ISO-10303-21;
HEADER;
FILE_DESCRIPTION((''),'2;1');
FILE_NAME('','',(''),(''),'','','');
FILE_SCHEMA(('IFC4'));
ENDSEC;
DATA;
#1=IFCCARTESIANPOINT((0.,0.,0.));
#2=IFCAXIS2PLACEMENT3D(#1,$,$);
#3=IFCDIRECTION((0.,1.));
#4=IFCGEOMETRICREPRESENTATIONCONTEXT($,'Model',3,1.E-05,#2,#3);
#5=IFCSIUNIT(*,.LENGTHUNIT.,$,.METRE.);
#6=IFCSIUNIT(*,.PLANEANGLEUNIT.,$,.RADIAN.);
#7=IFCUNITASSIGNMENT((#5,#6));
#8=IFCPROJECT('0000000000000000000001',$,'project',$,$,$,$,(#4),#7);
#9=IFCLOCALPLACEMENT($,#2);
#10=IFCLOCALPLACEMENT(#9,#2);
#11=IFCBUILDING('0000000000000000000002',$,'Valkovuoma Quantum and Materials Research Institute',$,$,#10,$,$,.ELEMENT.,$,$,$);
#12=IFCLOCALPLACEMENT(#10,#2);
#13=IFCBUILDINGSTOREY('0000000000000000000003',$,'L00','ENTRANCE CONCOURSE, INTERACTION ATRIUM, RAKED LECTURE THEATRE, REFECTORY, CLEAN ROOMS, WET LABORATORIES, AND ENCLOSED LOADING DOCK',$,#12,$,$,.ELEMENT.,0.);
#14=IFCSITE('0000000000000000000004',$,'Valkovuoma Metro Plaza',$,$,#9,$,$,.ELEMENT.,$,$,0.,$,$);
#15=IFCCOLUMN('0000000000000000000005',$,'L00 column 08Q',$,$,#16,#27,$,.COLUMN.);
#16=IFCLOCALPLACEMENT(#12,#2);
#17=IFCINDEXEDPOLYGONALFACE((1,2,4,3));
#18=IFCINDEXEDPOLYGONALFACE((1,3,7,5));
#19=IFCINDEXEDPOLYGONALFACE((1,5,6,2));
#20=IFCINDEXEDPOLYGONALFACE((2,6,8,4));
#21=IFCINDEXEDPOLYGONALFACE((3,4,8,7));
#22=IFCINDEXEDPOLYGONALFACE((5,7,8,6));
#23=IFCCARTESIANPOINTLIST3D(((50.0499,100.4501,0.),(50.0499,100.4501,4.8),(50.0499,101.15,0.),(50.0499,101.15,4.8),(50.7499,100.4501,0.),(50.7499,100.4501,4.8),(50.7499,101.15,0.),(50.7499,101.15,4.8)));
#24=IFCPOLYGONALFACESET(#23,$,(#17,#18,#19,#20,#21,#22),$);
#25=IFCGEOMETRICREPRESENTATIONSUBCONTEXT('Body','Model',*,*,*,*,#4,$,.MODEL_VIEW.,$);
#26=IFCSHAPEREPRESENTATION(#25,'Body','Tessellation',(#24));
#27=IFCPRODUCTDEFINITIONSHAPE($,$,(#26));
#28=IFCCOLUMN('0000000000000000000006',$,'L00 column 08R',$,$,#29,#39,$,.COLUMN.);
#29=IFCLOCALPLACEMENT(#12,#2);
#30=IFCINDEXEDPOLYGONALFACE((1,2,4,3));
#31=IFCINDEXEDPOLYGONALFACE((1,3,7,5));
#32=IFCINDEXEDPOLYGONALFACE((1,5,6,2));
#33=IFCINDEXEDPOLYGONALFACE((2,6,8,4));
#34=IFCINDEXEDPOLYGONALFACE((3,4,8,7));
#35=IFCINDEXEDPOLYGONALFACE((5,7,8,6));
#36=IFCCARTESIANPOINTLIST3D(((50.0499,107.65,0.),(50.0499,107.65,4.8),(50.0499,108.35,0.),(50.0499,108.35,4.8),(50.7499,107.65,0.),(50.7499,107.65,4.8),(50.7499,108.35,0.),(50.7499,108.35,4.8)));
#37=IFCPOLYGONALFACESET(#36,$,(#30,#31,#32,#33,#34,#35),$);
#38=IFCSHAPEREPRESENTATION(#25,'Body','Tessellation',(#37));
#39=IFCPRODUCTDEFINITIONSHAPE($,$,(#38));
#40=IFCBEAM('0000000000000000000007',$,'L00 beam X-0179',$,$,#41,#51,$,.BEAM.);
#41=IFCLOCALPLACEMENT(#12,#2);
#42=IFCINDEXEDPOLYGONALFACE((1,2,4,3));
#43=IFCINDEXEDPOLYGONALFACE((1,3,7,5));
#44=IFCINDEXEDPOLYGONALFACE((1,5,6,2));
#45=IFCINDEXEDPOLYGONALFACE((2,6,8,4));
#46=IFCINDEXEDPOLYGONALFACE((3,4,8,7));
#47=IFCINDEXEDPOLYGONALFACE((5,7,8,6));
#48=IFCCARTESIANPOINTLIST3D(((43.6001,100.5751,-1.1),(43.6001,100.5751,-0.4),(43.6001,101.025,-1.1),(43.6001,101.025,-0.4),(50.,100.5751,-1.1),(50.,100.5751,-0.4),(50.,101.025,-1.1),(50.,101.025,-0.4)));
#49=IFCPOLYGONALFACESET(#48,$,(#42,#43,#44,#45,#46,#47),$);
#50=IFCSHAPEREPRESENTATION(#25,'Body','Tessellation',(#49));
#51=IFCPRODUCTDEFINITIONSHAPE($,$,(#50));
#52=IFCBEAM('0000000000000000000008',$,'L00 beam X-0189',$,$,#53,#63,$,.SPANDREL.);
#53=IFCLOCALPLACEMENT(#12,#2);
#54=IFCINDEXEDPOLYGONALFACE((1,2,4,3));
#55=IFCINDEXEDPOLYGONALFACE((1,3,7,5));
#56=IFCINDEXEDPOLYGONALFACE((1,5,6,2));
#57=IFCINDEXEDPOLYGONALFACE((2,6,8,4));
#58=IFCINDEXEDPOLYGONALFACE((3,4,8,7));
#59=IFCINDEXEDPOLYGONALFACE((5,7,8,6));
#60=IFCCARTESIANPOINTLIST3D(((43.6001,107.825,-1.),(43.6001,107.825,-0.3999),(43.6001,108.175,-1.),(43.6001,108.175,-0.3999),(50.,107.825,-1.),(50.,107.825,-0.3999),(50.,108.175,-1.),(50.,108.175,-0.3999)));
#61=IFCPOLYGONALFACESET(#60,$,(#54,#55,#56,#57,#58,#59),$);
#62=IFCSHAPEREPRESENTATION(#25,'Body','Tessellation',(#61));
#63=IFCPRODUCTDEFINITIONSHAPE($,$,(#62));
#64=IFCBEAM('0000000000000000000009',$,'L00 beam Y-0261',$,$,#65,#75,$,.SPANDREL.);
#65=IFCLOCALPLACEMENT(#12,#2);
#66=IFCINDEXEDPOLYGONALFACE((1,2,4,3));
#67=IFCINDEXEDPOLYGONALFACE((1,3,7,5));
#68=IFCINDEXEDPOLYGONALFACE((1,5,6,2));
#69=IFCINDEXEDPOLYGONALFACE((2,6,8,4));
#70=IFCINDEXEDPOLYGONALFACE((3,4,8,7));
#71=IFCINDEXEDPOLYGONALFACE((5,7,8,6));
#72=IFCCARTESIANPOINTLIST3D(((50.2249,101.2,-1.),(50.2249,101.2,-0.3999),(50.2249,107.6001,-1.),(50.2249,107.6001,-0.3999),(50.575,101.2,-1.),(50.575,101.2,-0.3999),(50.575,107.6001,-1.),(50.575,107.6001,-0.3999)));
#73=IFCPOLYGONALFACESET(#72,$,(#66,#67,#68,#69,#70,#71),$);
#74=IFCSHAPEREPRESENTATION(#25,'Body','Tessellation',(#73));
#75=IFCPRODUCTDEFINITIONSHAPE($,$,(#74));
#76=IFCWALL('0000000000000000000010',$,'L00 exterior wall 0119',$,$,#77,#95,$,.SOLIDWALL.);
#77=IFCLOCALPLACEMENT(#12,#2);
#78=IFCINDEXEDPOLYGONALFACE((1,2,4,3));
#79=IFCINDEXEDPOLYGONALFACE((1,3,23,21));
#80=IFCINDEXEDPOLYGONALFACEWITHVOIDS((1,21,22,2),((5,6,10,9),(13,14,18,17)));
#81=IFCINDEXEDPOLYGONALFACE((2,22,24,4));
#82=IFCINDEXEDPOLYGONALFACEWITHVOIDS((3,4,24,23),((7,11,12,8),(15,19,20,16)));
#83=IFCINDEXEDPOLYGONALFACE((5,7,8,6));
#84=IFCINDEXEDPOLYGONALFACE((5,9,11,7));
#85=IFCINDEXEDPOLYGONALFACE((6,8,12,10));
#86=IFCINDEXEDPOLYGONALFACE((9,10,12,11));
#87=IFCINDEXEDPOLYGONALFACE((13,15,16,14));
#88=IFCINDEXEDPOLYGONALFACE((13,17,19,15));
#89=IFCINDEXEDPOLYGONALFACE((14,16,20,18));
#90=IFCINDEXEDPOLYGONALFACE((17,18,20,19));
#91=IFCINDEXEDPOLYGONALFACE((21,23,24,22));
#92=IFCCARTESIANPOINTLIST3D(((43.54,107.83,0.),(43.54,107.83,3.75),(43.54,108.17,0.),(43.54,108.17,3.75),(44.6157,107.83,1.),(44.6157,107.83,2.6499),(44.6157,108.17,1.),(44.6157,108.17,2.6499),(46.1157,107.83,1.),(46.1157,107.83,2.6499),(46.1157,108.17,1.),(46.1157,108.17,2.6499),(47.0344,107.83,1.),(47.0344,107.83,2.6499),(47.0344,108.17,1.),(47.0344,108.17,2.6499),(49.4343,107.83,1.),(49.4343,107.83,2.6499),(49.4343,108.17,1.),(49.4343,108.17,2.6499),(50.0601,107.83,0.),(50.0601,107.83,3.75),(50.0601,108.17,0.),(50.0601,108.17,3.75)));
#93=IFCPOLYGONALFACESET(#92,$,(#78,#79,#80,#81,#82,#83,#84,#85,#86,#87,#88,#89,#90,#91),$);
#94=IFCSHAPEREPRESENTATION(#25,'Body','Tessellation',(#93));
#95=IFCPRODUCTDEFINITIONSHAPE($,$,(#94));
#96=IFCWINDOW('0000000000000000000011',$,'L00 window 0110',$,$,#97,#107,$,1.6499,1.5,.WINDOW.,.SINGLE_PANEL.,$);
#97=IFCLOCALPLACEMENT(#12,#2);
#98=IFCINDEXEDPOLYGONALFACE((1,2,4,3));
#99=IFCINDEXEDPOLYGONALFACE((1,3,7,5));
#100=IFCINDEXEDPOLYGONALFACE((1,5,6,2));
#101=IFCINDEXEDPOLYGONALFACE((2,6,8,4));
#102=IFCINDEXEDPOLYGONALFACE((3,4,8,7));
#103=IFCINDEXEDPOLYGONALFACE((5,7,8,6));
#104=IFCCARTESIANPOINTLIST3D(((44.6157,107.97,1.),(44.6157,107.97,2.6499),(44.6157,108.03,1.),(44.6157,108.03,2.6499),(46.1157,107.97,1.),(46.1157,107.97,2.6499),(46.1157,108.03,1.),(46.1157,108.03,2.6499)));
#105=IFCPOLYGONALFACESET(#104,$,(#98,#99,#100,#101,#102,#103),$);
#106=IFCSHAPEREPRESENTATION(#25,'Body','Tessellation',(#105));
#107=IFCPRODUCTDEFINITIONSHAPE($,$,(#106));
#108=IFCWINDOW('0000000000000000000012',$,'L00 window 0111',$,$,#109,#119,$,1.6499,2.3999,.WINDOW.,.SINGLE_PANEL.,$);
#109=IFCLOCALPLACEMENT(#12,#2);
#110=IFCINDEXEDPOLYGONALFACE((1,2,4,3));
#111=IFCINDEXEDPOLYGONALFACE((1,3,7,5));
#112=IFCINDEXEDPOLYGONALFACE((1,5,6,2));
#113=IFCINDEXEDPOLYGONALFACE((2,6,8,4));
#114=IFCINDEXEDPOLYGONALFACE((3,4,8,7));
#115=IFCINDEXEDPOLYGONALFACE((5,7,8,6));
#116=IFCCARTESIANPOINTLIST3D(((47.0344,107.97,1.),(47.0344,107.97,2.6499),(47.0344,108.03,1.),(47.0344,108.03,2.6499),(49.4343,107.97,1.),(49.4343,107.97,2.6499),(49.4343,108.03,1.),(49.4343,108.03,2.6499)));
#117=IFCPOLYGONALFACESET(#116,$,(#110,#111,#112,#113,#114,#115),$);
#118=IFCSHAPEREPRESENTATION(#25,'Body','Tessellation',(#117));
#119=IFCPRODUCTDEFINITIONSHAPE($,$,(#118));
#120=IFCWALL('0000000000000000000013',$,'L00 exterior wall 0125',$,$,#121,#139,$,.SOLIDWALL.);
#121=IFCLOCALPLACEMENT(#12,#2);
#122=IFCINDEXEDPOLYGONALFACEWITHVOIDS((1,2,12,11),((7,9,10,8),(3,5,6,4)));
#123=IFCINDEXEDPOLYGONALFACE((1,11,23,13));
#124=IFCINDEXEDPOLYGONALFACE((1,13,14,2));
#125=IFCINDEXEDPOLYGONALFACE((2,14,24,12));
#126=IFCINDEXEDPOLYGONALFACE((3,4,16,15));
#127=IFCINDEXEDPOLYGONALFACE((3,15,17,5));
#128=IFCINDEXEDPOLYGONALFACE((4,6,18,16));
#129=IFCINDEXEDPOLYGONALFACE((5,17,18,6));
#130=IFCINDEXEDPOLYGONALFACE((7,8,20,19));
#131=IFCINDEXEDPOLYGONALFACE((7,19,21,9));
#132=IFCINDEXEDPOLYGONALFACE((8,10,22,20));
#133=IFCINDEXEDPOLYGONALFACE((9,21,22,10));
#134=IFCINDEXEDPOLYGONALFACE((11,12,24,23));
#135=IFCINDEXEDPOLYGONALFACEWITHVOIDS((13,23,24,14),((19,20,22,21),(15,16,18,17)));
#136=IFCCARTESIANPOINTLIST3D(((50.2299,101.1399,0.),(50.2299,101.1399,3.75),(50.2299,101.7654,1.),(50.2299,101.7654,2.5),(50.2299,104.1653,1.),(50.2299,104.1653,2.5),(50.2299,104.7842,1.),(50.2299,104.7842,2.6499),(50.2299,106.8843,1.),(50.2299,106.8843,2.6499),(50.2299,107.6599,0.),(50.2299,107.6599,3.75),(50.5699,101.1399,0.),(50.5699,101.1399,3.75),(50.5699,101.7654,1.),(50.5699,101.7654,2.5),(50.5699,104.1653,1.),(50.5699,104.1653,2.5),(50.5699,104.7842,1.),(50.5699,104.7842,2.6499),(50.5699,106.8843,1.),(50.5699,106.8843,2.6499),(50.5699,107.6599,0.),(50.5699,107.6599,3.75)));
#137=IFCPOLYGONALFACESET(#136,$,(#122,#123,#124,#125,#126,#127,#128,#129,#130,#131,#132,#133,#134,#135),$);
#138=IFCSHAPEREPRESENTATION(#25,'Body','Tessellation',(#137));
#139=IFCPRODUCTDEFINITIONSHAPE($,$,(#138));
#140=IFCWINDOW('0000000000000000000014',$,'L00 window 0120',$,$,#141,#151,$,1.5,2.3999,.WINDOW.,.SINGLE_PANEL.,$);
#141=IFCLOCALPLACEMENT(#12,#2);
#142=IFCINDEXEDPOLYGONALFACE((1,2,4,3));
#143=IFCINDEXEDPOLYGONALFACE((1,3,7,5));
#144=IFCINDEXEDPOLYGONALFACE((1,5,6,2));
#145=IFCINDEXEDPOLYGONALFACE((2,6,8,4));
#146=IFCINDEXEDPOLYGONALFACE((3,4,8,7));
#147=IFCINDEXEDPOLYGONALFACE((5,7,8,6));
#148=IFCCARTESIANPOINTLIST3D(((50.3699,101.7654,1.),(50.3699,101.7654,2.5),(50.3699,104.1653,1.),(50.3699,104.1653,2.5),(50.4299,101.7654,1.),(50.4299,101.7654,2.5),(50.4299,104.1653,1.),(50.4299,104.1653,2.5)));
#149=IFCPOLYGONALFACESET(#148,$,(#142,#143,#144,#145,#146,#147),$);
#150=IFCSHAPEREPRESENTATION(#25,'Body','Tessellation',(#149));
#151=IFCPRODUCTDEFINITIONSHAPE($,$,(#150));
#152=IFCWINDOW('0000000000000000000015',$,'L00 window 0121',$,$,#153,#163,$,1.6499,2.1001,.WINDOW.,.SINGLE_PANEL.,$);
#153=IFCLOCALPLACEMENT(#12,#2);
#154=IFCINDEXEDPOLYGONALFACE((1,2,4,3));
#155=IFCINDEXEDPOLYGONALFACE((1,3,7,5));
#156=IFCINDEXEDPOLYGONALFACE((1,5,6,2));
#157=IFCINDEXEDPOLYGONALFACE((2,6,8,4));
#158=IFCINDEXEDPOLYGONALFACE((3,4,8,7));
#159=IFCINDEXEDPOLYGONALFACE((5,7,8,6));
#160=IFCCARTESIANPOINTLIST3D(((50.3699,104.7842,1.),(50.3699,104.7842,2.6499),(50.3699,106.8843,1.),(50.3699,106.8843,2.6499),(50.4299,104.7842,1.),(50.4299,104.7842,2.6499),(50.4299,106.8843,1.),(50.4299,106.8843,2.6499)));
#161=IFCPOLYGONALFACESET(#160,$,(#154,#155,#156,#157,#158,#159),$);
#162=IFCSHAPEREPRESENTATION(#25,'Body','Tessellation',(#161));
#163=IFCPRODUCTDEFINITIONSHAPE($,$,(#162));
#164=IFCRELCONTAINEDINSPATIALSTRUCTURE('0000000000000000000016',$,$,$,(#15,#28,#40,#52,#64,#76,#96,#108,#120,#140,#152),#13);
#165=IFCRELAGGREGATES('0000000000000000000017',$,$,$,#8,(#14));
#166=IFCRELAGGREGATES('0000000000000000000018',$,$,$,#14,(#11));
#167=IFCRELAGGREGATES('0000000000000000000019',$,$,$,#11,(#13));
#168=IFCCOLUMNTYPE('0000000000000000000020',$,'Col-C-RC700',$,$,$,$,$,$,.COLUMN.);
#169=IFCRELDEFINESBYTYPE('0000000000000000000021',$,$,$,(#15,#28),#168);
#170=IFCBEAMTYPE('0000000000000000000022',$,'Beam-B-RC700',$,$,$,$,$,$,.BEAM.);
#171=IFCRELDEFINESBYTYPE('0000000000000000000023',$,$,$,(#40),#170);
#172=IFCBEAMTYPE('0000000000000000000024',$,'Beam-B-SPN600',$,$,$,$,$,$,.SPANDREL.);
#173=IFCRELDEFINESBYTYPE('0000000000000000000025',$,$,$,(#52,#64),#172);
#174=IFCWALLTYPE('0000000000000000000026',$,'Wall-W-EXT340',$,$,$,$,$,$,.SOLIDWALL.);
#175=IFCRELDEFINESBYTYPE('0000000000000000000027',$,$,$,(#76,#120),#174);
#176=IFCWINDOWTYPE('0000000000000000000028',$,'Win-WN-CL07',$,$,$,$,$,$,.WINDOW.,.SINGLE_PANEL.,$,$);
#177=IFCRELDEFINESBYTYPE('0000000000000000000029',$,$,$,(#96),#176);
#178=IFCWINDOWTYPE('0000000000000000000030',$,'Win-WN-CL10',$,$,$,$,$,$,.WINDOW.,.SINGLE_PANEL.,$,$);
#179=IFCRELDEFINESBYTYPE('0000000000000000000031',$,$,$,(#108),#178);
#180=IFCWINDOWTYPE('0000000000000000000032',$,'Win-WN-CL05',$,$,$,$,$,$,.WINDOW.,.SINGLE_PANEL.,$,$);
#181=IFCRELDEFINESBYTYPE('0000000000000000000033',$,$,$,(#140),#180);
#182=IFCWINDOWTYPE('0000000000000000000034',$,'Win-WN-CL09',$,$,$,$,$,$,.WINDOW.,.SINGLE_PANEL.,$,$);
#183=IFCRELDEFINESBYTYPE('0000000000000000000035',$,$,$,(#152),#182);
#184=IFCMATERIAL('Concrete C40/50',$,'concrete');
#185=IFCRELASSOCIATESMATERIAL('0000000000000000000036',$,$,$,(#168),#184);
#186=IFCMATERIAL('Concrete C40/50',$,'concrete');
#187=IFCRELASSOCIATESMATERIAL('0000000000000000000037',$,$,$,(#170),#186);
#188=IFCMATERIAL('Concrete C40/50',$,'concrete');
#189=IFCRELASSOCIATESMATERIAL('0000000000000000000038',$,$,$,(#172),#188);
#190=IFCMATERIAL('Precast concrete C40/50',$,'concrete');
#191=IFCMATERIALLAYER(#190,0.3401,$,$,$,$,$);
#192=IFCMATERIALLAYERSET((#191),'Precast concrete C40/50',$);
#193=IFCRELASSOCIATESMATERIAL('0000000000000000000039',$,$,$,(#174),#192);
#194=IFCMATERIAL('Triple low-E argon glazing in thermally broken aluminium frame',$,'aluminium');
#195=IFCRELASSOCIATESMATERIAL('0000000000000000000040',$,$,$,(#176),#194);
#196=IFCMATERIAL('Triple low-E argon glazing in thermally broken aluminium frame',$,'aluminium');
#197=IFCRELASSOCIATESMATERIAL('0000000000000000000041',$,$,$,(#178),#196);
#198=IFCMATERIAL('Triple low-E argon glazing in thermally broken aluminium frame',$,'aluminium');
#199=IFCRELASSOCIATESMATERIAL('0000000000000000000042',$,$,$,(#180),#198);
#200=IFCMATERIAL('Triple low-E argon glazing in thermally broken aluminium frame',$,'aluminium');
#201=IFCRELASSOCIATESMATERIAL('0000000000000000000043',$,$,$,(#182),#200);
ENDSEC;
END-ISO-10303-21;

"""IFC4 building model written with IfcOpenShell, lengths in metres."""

from ifc_helpers import new_model, si_unit, direction, frame, frame_2d, origin, origin_2d, place, context, subcontext, project, spatial, rectangle, extrude, material, layer, layer_set, material_profile, profile_set, type_object, element, fill, save


model = new_model("IFC4")

# Units and contexts
model_context = context("Model", 3, precision=1e-05, world=origin(), true_north=direction((0.0, 1.0)))
body_context = subcontext(model_context, "Body", "Model", "MODEL_VIEW")
ifc_project = project(units=[si_unit("LENGTHUNIT", "METRE"), si_unit("PLANEANGLEUNIT", "RADIAN")], contexts=[model_context])

# Site, building, storey
site_placement = place(None, origin())
site = spatial("IfcSite", under=ifc_project, at=site_placement, Name="Valkovuoma Metro Plaza", CompositionType="ELEMENT", RefElevation=0.0)
building_placement = place(site_placement, origin())
building = spatial("IfcBuilding", under=site, at=building_placement, Name="Valkovuoma Quantum and Materials Research Institute", CompositionType="ELEMENT")
storey_placement = place(building_placement, origin())
storey = spatial("IfcBuildingStorey", under=building, at=storey_placement, Name="L00", Description="ENTRANCE CONCOURSE, INTERACTION ATRIUM, RAKED LECTURE THEATRE, REFECTORY, CLEAN ROOMS, WET LABORATORIES, AND ENCLOSED LOADING DOCK", CompositionType="ELEMENT", Elevation=0.0)

# Columns
ifc_material_1 = material(Name="Concrete C40/50", Category="concrete")
ifc_material_profile_1 = material_profile(ifc_material_1, rectangle(XDim=0.7, YDim=0.7, at=origin_2d()), Name="Concrete C40/50")
ifc_profile_set_1 = profile_set([ifc_material_profile_1], Name="Concrete C40/50")
column_type = type_object("IfcColumnType", Name="Col-C-RC700", PredefinedType="COLUMN", material=ifc_profile_set_1)
for number, where, z_axis, x_axis, name in (
    (1, (50.3999, 100.8, 0.0), (0.0, 0.0, 1.0), (1.0, 0.0, 0.0), "L00 column 08Q"),
    (2, (50.3999, 108.0, 0.0), (0.0, 0.0, 1.0), (1.0, 0.0, 0.0), "L00 column 08R"),
):
    element("IfcColumn", number, at=place(storey_placement, frame(where, z_axis=z_axis, x_axis=x_axis)), inside=storey, type_object=column_type, Name=name, PredefinedType="COLUMN", context=body_context, shape_type="SweptSolid", body=[
        extrude(rectangle(XDim=0.7, YDim=0.7, at=origin_2d()), origin(), (0.0, 0.0, 1.0), 4.8),
    ])

# Beams
ifc_material_2 = material(Name="Concrete C40/50", Category="concrete")
ifc_material_profile_2 = material_profile(ifc_material_2, rectangle(XDim=0.45, YDim=0.7, at=origin_2d()), Name="Concrete C40/50")
ifc_profile_set_2 = profile_set([ifc_material_profile_2], Name="Concrete C40/50")
beam_type_1 = type_object("IfcBeamType", Name="Beam-B-RC700", PredefinedType="BEAM", material=ifc_profile_set_2)
beam_1_placement = place(storey_placement, frame((43.6001, 100.8, -0.75), z_axis=(1.0, 0.0, 0.0), x_axis=(0.0, 1.0, 0.0)))
element("IfcBeam", 3, at=beam_1_placement, inside=storey, type_object=beam_type_1, Name="L00 beam X-0179", PredefinedType="BEAM", context=body_context, shape_type="SweptSolid", body=[
    extrude(rectangle(XDim=0.45, YDim=0.7, at=origin_2d()), origin(), (0.0, 0.0, 1.0), 6.3999),
])
ifc_material_3 = material(Name="Concrete C40/50", Category="concrete")
ifc_material_profile_3 = material_profile(ifc_material_3, rectangle(XDim=0.3501, YDim=0.6001, at=origin_2d()), Name="Concrete C40/50")
ifc_profile_set_3 = profile_set([ifc_material_profile_3], Name="Concrete C40/50")
beam_type_2 = type_object("IfcBeamType", Name="Beam-B-SPN600", PredefinedType="SPANDREL", material=ifc_profile_set_3)
beam_2_placement = place(storey_placement, frame((43.6001, 108.0, -0.7), z_axis=(1.0, 0.0, 0.0), x_axis=(0.0, 1.0, 0.0)))
element("IfcBeam", 4, at=beam_2_placement, inside=storey, type_object=beam_type_2, Name="L00 beam X-0189", PredefinedType="SPANDREL", context=body_context, shape_type="SweptSolid", body=[
    extrude(rectangle(XDim=0.3501, YDim=0.6001, at=origin_2d()), origin(), (0.0, 0.0, 1.0), 6.3999),
])
beam_3_placement = place(storey_placement, frame((50.3999, 101.2, -0.7), z_axis=(0.0, 1.0, 0.0), x_axis=(-1.0, 0.0, 0.0)))
element("IfcBeam", 5, at=beam_3_placement, inside=storey, type_object=beam_type_2, Name="L00 beam Y-0261", PredefinedType="SPANDREL", context=body_context, shape_type="SweptSolid", body=[
    extrude(rectangle(XDim=0.3501, YDim=0.6001, at=origin_2d()), origin(), (0.0, 0.0, 1.0), 6.4001),
])

# Walls, openings, windows
ifc_material_4 = material(Name="Precast concrete C40/50", Category="concrete")
ifc_layer_1 = layer(ifc_material_4, 0.3401)
ifc_layer_set_1 = layer_set([ifc_layer_1], Name="Precast concrete C40/50")
wall_type_1 = type_object("IfcWallType", Name="Wall-W-EXT340", PredefinedType="SOLIDWALL", material=ifc_layer_set_1)
wall_1_placement = place(storey_placement, frame((43.54, 108.0, 0.0), z_axis=(0.0, 0.0, 1.0), x_axis=(1.0, 0.0, 0.0)))
wall_1 = element("IfcWall", 6, at=wall_1_placement, inside=storey, type_object=wall_type_1, Name="L00 exterior wall 0119", PredefinedType="SOLIDWALL", context=body_context, shape_type="SweptSolid", body=[
    extrude(rectangle(XDim=6.52, YDim=0.3401, at=frame_2d((3.26, 0.0))), origin(), (0.0, 0.0, 1.0), 3.75),
])
opening_1_placement = place(wall_1_placement, frame((1.0757, 0.0, 1.0)))
opening_1 = element("IfcOpeningElement", 7, at=opening_1_placement, cuts=wall_1, PredefinedType="OPENING", context=body_context, shape_type="SweptSolid", body=[
    extrude(rectangle(XDim=1.5, YDim=1.6499, at=frame_2d((0.75, 0.825))), frame((0.0, 0.1802, 0.0), z_axis=(0.0, -1.0, 0.0), x_axis=(1.0, 0.0, 0.0)), (0.0, 0.0, 1.0), 0.3601),
])
opening_2_placement = place(wall_1_placement, frame((3.4944, 0.0, 1.0)))
opening_2 = element("IfcOpeningElement", 8, at=opening_2_placement, cuts=wall_1, PredefinedType="OPENING", context=body_context, shape_type="SweptSolid", body=[
    extrude(rectangle(XDim=2.3999, YDim=1.6499, at=frame_2d((1.2, 0.825))), frame((0.0, 0.1802, 0.0), z_axis=(0.0, -1.0, 0.0), x_axis=(1.0, 0.0, 0.0)), (0.0, 0.0, 1.0), 0.3601),
])
ifc_material_5 = material(Name="Triple low-E argon glazing in thermally broken aluminium frame", Category="aluminium")
window_type_1 = type_object("IfcWindowType", Name="Win-WN-CL07", PartitioningType="SINGLE_PANEL", PredefinedType="WINDOW", material=ifc_material_5)
window_1_placement = place(opening_1_placement, origin())
window_1 = element("IfcWindow", 9, at=window_1_placement, inside=storey, type_object=window_type_1, Name="L00 window 0110", OverallHeight=1.6499, OverallWidth=1.5, PartitioningType="SINGLE_PANEL", PredefinedType="WINDOW", context=body_context, shape_type="SweptSolid", body=[
    extrude(rectangle(XDim=1.5, YDim=1.6499, at=frame_2d((0.75, 0.825))), frame((0.0, 0.03, 0.0), z_axis=(0.0, -1.0, 0.0), x_axis=(1.0, 0.0, 0.0)), (0.0, 0.0, 1.0), 0.0601),
])
fill(opening_1, window_1)
ifc_material_6 = material(Name="Triple low-E argon glazing in thermally broken aluminium frame", Category="aluminium")
window_type_2 = type_object("IfcWindowType", Name="Win-WN-CL10", PartitioningType="SINGLE_PANEL", PredefinedType="WINDOW", material=ifc_material_6)
window_2_placement = place(opening_2_placement, origin())
window_2 = element("IfcWindow", 10, at=window_2_placement, inside=storey, type_object=window_type_2, Name="L00 window 0111", OverallHeight=1.6499, OverallWidth=2.3999, PartitioningType="SINGLE_PANEL", PredefinedType="WINDOW", context=body_context, shape_type="SweptSolid", body=[
    extrude(rectangle(XDim=2.3999, YDim=1.6499, at=frame_2d((1.2, 0.825))), frame((0.0, 0.03, 0.0), z_axis=(0.0, -1.0, 0.0), x_axis=(1.0, 0.0, 0.0)), (0.0, 0.0, 1.0), 0.0601),
])
fill(opening_2, window_2)
wall_2_placement = place(storey_placement, frame((50.3999, 101.1399, 0.0), z_axis=(0.0, 0.0, 1.0), x_axis=(0.0, 1.0, 0.0)))
wall_2 = element("IfcWall", 11, at=wall_2_placement, inside=storey, type_object=wall_type_1, Name="L00 exterior wall 0125", PredefinedType="SOLIDWALL", context=body_context, shape_type="SweptSolid", body=[
    extrude(rectangle(XDim=6.52, YDim=0.3401, at=frame_2d((3.26, 0.0))), origin(), (0.0, 0.0, 1.0), 3.75),
])
opening_3_placement = place(wall_2_placement, frame((0.6255, 0.0, 1.0)))
opening_3 = element("IfcOpeningElement", 12, at=opening_3_placement, cuts=wall_2, PredefinedType="OPENING", context=body_context, shape_type="SweptSolid", body=[
    extrude(rectangle(XDim=2.3999, YDim=1.5, at=frame_2d((1.2, 0.75))), frame((0.0, 0.1802, 0.0), z_axis=(0.0, -1.0, 0.0), x_axis=(1.0, 0.0, 0.0)), (0.0, 0.0, 1.0), 0.3601),
])
opening_4_placement = place(wall_2_placement, frame((3.6443, 0.0, 1.0)))
opening_4 = element("IfcOpeningElement", 13, at=opening_4_placement, cuts=wall_2, PredefinedType="OPENING", context=body_context, shape_type="SweptSolid", body=[
    extrude(rectangle(XDim=2.1001, YDim=1.6499, at=frame_2d((1.05, 0.825))), frame((0.0, 0.1802, 0.0), z_axis=(0.0, -1.0, 0.0), x_axis=(1.0, 0.0, 0.0)), (0.0, 0.0, 1.0), 0.3601),
])
ifc_material_7 = material(Name="Triple low-E argon glazing in thermally broken aluminium frame", Category="aluminium")
window_type_3 = type_object("IfcWindowType", Name="Win-WN-CL05", PartitioningType="SINGLE_PANEL", PredefinedType="WINDOW", material=ifc_material_7)
window_3_placement = place(opening_3_placement, origin())
window_3 = element("IfcWindow", 14, at=window_3_placement, inside=storey, type_object=window_type_3, Name="L00 window 0120", OverallHeight=1.5, OverallWidth=2.3999, PartitioningType="SINGLE_PANEL", PredefinedType="WINDOW", context=body_context, shape_type="SweptSolid", body=[
    extrude(rectangle(XDim=2.3999, YDim=1.5, at=frame_2d((1.2, 0.75))), frame((0.0, 0.03, 0.0), z_axis=(0.0, -1.0, 0.0), x_axis=(1.0, 0.0, 0.0)), (0.0, 0.0, 1.0), 0.0601),
])
fill(opening_3, window_3)
ifc_material_8 = material(Name="Triple low-E argon glazing in thermally broken aluminium frame", Category="aluminium")
window_type_4 = type_object("IfcWindowType", Name="Win-WN-CL09", PartitioningType="SINGLE_PANEL", PredefinedType="WINDOW", material=ifc_material_8)
window_4_placement = place(opening_4_placement, origin())
window_4 = element("IfcWindow", 15, at=window_4_placement, inside=storey, type_object=window_type_4, Name="L00 window 0121", OverallHeight=1.6499, OverallWidth=2.1001, PartitioningType="SINGLE_PANEL", PredefinedType="WINDOW", context=body_context, shape_type="SweptSolid", body=[
    extrude(rectangle(XDim=2.1001, YDim=1.6499, at=frame_2d((1.05, 0.825))), frame((0.0, 0.03, 0.0), z_axis=(0.0, -1.0, 0.0), x_axis=(1.0, 0.0, 0.0)), (0.0, 0.0, 1.0), 0.0601),
])
fill(opening_4, window_4)

save(model, "model.ifc")
